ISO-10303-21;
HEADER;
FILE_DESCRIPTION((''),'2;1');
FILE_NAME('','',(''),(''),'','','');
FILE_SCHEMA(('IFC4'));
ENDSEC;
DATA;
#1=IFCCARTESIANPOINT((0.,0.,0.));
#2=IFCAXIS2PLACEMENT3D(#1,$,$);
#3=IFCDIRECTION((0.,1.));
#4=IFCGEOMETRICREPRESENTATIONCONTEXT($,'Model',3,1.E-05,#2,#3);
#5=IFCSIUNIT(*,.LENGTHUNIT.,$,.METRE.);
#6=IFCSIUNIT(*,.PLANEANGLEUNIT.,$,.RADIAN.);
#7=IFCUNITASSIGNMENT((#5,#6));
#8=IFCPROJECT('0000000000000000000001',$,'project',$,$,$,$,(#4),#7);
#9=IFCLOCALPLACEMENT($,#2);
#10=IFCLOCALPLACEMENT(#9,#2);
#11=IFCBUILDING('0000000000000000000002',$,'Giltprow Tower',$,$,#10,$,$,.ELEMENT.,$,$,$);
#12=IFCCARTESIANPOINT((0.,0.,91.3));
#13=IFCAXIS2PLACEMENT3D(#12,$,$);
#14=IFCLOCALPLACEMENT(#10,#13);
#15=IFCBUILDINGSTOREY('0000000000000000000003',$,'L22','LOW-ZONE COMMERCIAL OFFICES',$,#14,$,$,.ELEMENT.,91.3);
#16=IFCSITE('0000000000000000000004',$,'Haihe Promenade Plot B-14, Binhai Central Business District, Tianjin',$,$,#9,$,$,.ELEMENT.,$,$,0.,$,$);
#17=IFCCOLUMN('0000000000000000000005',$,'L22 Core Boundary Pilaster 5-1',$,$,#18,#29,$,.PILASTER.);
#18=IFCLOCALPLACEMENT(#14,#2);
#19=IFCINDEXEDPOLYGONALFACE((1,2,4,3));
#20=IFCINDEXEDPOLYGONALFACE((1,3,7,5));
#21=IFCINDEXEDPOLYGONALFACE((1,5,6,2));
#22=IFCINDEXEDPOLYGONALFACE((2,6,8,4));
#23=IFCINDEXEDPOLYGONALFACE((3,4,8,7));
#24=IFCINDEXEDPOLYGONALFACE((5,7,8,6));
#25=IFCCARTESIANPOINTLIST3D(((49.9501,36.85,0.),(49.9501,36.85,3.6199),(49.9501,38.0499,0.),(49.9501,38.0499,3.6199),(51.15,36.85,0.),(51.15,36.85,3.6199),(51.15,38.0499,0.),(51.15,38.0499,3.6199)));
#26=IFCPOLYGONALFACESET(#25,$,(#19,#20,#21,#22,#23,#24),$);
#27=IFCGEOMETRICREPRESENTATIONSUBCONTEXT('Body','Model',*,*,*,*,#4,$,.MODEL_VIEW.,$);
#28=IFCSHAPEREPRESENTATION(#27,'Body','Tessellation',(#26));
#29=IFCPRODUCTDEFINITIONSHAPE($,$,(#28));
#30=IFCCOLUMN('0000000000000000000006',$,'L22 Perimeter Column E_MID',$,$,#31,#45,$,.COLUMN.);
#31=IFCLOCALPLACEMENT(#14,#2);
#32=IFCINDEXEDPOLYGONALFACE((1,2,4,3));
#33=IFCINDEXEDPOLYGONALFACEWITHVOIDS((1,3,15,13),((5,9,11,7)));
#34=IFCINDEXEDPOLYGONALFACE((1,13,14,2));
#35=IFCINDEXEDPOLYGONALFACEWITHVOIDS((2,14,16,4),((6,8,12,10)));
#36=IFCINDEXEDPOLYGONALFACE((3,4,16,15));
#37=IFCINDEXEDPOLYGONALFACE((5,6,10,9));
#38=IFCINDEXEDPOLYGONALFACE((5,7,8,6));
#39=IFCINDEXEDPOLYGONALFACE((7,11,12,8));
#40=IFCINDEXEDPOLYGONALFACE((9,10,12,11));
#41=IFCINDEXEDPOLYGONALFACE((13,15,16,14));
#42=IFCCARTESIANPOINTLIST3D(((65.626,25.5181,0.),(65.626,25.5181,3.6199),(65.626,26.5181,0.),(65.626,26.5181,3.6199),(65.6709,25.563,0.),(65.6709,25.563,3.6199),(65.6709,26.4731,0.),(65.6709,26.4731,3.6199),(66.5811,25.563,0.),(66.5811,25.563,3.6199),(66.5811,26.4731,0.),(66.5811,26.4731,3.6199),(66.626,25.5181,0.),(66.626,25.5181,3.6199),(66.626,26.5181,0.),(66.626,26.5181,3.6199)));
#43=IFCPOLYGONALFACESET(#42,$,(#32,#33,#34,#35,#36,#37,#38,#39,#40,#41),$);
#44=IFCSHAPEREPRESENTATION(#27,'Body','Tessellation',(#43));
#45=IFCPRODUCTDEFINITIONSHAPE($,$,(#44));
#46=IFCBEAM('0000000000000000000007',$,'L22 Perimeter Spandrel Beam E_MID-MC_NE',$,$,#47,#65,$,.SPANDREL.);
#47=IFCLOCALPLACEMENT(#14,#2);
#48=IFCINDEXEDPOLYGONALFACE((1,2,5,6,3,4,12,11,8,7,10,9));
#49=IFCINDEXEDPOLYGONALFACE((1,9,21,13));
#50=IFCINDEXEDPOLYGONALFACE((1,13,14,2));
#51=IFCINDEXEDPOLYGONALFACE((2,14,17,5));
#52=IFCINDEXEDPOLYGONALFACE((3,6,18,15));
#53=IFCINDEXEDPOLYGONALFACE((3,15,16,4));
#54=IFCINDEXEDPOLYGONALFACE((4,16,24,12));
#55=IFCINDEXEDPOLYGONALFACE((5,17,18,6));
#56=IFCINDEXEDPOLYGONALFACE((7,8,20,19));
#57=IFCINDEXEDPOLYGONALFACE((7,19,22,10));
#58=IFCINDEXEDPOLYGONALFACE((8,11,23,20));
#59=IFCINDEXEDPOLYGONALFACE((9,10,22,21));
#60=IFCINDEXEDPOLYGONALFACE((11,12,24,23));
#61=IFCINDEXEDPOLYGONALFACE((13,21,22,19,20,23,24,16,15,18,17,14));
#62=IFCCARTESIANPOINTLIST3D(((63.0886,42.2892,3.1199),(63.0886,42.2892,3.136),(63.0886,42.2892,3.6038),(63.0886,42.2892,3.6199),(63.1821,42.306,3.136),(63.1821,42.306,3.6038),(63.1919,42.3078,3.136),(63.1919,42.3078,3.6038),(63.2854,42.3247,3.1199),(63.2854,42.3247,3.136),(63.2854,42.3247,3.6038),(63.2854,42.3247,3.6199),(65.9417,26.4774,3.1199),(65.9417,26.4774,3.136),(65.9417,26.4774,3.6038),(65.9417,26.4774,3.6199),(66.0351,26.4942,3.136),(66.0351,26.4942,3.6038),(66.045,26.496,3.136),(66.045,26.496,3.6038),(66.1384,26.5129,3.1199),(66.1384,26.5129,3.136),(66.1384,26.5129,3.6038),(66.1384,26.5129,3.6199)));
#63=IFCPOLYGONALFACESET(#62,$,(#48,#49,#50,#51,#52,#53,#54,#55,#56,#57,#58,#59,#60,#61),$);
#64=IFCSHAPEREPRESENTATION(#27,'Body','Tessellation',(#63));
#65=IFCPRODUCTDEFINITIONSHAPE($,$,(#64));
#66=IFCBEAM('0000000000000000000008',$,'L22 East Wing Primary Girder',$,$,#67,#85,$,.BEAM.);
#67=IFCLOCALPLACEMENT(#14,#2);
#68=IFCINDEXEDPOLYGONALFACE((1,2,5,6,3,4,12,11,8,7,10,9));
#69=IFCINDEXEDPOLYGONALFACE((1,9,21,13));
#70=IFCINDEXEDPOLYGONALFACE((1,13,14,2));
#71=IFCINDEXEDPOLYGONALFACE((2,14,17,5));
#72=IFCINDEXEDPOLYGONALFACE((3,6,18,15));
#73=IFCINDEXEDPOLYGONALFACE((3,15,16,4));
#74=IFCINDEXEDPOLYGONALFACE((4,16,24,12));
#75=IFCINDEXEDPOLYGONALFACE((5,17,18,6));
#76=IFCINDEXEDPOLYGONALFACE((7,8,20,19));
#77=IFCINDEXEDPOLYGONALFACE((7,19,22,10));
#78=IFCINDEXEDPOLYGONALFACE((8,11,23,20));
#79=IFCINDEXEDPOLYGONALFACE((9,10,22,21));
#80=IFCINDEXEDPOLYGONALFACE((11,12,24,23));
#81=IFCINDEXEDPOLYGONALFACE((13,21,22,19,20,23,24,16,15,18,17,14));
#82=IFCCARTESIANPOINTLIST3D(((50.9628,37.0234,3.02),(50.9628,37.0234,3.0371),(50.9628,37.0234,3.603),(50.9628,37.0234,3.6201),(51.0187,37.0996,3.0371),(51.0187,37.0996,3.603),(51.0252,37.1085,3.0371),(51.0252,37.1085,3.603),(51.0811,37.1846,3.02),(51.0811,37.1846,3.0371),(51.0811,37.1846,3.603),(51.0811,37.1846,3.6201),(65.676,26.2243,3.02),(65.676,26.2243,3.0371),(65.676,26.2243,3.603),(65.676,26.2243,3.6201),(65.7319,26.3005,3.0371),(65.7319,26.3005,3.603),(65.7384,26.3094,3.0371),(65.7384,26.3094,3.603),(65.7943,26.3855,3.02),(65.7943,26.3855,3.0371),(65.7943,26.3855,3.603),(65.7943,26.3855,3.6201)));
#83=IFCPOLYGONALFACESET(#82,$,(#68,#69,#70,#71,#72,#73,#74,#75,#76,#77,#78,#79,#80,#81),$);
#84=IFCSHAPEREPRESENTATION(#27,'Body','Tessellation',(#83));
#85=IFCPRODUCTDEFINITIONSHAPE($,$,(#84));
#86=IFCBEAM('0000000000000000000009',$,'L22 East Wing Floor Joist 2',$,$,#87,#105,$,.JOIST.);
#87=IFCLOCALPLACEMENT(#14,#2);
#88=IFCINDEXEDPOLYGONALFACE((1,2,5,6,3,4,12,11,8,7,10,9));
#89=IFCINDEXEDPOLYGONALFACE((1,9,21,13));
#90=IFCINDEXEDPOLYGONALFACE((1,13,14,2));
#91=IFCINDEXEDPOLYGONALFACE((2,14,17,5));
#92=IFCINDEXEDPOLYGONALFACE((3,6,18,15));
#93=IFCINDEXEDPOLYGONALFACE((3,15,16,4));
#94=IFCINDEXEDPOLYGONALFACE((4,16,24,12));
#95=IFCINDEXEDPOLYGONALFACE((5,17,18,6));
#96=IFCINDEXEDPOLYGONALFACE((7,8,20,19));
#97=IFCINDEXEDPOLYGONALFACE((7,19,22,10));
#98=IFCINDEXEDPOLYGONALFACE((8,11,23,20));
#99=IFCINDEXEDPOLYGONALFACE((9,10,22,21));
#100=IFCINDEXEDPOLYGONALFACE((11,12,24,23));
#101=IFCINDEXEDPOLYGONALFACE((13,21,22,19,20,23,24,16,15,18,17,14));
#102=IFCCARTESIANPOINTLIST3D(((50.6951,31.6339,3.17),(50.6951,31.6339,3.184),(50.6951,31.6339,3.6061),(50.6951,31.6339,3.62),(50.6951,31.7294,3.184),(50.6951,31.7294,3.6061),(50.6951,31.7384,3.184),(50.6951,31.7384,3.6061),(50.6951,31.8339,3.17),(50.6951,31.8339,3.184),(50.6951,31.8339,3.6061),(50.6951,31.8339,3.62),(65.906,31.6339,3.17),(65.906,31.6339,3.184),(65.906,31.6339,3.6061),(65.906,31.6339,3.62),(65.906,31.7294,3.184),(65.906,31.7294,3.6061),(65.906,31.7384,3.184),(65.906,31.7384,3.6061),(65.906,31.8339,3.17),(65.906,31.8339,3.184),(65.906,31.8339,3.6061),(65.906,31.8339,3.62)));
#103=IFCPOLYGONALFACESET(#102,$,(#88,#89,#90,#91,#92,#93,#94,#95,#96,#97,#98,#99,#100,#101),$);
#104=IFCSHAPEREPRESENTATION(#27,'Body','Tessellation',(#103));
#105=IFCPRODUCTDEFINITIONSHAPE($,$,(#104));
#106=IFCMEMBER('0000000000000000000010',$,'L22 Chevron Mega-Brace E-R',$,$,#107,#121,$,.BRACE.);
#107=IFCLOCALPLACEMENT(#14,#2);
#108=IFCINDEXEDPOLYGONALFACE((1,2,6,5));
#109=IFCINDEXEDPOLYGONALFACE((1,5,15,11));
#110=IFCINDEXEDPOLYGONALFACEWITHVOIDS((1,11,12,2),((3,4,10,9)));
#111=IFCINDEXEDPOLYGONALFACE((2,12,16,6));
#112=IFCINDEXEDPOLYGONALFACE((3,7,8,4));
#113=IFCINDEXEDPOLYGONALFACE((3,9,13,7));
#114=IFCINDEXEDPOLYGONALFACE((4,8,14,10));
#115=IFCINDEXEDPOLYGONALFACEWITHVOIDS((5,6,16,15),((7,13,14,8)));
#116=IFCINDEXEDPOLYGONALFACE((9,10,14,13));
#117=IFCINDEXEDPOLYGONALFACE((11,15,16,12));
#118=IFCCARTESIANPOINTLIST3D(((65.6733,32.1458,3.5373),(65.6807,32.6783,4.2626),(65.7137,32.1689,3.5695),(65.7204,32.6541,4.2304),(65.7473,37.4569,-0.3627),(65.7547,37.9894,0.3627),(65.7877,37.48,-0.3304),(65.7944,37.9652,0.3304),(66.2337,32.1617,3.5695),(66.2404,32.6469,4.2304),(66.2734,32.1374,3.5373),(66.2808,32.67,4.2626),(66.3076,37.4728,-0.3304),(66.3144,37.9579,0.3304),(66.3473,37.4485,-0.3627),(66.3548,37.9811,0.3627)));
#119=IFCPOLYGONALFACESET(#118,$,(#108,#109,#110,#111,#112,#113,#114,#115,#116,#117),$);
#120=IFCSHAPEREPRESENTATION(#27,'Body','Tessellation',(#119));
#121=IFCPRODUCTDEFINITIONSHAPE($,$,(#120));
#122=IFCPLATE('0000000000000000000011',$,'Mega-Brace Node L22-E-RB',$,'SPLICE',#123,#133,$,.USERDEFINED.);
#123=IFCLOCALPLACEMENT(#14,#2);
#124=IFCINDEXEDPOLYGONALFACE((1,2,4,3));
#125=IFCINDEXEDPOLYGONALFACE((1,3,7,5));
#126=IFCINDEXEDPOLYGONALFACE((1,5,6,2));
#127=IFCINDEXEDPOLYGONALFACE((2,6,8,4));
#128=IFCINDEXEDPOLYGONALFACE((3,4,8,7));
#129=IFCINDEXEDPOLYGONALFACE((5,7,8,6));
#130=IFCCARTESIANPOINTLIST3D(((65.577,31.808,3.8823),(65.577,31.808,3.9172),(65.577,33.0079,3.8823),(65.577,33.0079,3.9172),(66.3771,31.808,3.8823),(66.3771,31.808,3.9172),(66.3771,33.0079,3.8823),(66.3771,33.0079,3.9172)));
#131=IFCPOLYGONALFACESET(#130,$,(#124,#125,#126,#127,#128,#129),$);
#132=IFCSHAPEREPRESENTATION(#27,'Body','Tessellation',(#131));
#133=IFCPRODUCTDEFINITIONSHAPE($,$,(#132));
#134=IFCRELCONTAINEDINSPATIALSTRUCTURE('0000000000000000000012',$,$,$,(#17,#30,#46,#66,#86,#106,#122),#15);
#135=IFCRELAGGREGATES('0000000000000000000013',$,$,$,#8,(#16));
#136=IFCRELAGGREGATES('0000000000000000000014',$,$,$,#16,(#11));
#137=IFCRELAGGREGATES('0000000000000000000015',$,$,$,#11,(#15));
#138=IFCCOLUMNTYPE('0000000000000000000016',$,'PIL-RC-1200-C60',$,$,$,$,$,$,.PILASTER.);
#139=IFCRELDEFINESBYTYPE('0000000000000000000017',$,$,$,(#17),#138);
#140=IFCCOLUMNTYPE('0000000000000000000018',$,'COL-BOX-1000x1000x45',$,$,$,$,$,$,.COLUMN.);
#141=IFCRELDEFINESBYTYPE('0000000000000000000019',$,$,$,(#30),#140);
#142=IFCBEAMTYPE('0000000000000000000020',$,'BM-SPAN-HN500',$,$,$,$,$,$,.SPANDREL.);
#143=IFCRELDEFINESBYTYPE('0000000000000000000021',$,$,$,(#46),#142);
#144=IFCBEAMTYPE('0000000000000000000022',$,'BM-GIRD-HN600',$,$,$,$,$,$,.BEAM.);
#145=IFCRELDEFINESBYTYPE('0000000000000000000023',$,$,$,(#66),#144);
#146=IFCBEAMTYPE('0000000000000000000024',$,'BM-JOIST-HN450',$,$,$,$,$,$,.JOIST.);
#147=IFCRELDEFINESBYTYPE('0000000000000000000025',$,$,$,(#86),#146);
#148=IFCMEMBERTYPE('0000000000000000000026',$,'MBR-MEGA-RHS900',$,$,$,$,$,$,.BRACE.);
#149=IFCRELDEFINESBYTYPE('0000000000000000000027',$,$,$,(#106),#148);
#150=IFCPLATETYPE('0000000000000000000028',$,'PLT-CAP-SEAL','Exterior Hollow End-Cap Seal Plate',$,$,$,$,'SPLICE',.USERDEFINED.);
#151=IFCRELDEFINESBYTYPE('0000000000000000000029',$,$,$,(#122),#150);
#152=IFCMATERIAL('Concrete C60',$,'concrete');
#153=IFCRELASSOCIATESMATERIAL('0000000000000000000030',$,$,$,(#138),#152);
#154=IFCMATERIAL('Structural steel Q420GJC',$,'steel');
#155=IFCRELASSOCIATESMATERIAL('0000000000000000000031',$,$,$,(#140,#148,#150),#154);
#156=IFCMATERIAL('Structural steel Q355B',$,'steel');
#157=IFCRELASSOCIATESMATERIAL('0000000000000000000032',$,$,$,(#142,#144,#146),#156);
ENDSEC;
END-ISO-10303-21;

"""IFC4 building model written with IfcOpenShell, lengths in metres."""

from ifc_helpers import new_model, si_unit, direction, frame, origin, origin_2d, place, context, subcontext, project, spatial, rectangle, hollow_rectangle, i_section, extrude, source, transform, mapped, material, material_profile, profile_set, type_object, element, save


model = new_model("IFC4")

# Units and contexts
model_context = context("Model", 3, precision=1e-05, world=origin(), true_north=direction((0.0, 1.0)))
body_context = subcontext(model_context, "Body", "Model", "MODEL_VIEW")
ifc_project = project(units=[si_unit("LENGTHUNIT", "METRE"), si_unit("PLANEANGLEUNIT", "RADIAN")], contexts=[model_context])

# Site, building, storey
site_placement = place(None, origin())
site = spatial("IfcSite", under=ifc_project, at=site_placement, Name="Haihe Promenade Plot B-14, Binhai Central Business District, Tianjin", CompositionType="ELEMENT", RefElevation=0.0)
building_placement = place(site_placement, origin())
building = spatial("IfcBuilding", under=site, at=building_placement, Name="Giltprow Tower", CompositionType="ELEMENT")
storey_placement = place(building_placement, frame((0.0, 0.0, 91.3)))
storey = spatial("IfcBuildingStorey", under=building, at=storey_placement, Name="L22", Description="LOW-ZONE COMMERCIAL OFFICES", CompositionType="ELEMENT", Elevation=91.3)

# Columns
ifc_material_1 = material(Name="Concrete C60", Category="concrete")
ifc_material_profile_1 = material_profile(ifc_material_1, rectangle(XDim=1.2, YDim=1.2, at=origin_2d()), Name="RC 1200x1200")
ifc_profile_set_1 = profile_set([ifc_material_profile_1], Name="Concrete C60")
column_type_1 = type_object("IfcColumnType", Name="PIL-RC-1200-C60", PredefinedType="PILASTER", material=ifc_profile_set_1)
shared_shape_1 = source(origin(), body_context, "Body", "SweptSolid", [
    extrude(rectangle(XDim=1.2, YDim=1.2, at=origin_2d()), origin(), (0.0, 0.0, 1.0), 3.6199),
])
column_1_placement = place(storey_placement, frame((50.55, 37.45, 0.0), z_axis=(0.0, 0.0, 1.0), x_axis=(1.0, 0.0, 0.0)))
element("IfcColumn", 1, at=column_1_placement, inside=storey, type_object=column_type_1, Name="L22 Core Boundary Pilaster 5-1", PredefinedType="PILASTER", context=body_context, shape_type="MappedRepresentation", body=[
    mapped(shared_shape_1, transform((0.0, 0.0, 0.0), x_axis=(1.0, 0.0, 0.0), y_axis=(0.0, 1.0, 0.0), z_axis=(0.0, 0.0, 1.0), scale=1.0)),
])
ifc_material_2 = material(Name="Structural steel Q420GJC", Category="steel")
ifc_material_profile_2 = material_profile(ifc_material_2, hollow_rectangle(XDim=1.0, YDim=1.0, WallThickness=0.0449, at=origin_2d()), Name="BOX 1000x1000x45")
ifc_profile_set_2 = profile_set([ifc_material_profile_2], Name="Structural steel Q420GJC")
column_type_2 = type_object("IfcColumnType", Name="COL-BOX-1000x1000x45", PredefinedType="COLUMN", material=ifc_profile_set_2)
shared_shape_2 = source(origin(), body_context, "Body", "SweptSolid", [
    extrude(hollow_rectangle(XDim=1.0, YDim=1.0, WallThickness=0.0449, at=origin_2d()), origin(), (0.0, 0.0, 1.0), 3.6199),
])
column_2_placement = place(storey_placement, frame((66.126, 26.0181, 0.0), z_axis=(0.0, 0.0, 1.0), x_axis=(1.0, 0.0, 0.0)))
element("IfcColumn", 2, at=column_2_placement, inside=storey, type_object=column_type_2, Name="L22 Perimeter Column E_MID", PredefinedType="COLUMN", context=body_context, shape_type="MappedRepresentation", body=[
    mapped(shared_shape_2, transform((0.0, 0.0, 0.0), x_axis=(1.0, 0.0, 0.0), y_axis=(0.0, 1.0, 0.0), z_axis=(0.0, 0.0, 1.0), scale=1.0)),
])

# Beams
ifc_material_3 = material(Name="Structural steel Q355B", Category="steel")
ifc_material_profile_3 = material_profile(ifc_material_3, i_section(OverallWidth=0.2, OverallDepth=0.5, WebThickness=0.01, FlangeThickness=0.0161, at=origin_2d()), Name="HN 500x200x10x16")
ifc_profile_set_3 = profile_set([ifc_material_profile_3], Name="Structural steel Q355B")
beam_type_1 = type_object("IfcBeamType", Name="BM-SPAN-HN500", PredefinedType="SPANDREL", material=ifc_profile_set_3)
shared_shape_3 = source(origin(), body_context, "Body", "SweptSolid", [
    extrude(i_section(OverallWidth=0.2, OverallDepth=0.5, WebThickness=0.01, FlangeThickness=0.0161, at=origin_2d()), origin(), (0.0, 0.0, 1.0), 16.0671),
])
beam_1_placement = place(storey_placement, frame((66.04, 26.4951, 3.3699), z_axis=(-0.17757, 0.984108, 0.0), x_axis=(-0.984108, -0.17757, 0.0)))
element("IfcBeam", 3, at=beam_1_placement, inside=storey, type_object=beam_type_1, Name="L22 Perimeter Spandrel Beam E_MID-MC_NE", PredefinedType="SPANDREL", context=body_context, shape_type="MappedRepresentation", body=[
    mapped(shared_shape_3, transform((0.0, 0.0, 0.0), x_axis=(1.0, 0.0, 0.0), y_axis=(0.0, 1.0, 0.0), z_axis=(0.0, 0.0, 1.0), scale=1.0)),
])
ifc_material_profile_4 = material_profile(ifc_material_3, i_section(OverallWidth=0.2, OverallDepth=0.6001, WebThickness=0.011, FlangeThickness=0.0171, at=origin_2d()), Name="HN 600x200x11x17")
ifc_profile_set_4 = profile_set([ifc_material_profile_4], Name="Structural steel Q355B")
beam_type_2 = type_object("IfcBeamType", Name="BM-GIRD-HN600", PredefinedType="BEAM", material=ifc_profile_set_4)
shared_shape_4 = source(origin(), body_context, "Body", "SweptSolid", [
    extrude(i_section(OverallWidth=0.2, OverallDepth=0.6001, WebThickness=0.011, FlangeThickness=0.0171, at=origin_2d()), origin(), (0.0, 0.0, 1.0), 18.251),
])
beam_2_placement = place(storey_placement, frame((65.7351, 26.3049, 3.3201), z_axis=(-0.806158, 0.5917, 0.0), x_axis=(-0.5917, -0.806158, 0.0)))
element("IfcBeam", 4, at=beam_2_placement, inside=storey, type_object=beam_type_2, Name="L22 East Wing Primary Girder", PredefinedType="BEAM", context=body_context, shape_type="MappedRepresentation", body=[
    mapped(shared_shape_4, transform((0.0, 0.0, 0.0), x_axis=(1.0, 0.0, 0.0), y_axis=(0.0, 1.0, 0.0), z_axis=(0.0, 0.0, 1.0), scale=1.0)),
])
ifc_material_profile_5 = material_profile(ifc_material_3, i_section(OverallWidth=0.2, OverallDepth=0.45, WebThickness=0.009, FlangeThickness=0.0139, at=origin_2d()), Name="HN 450x200x9x14")
ifc_profile_set_5 = profile_set([ifc_material_profile_5], Name="Structural steel Q355B")
beam_type_3 = type_object("IfcBeamType", Name="BM-JOIST-HN450", PredefinedType="JOIST", material=ifc_profile_set_5)
shared_shape_5 = source(origin(), body_context, "Body", "SweptSolid", [
    extrude(i_section(OverallWidth=0.2, OverallDepth=0.45, WebThickness=0.009, FlangeThickness=0.0139, at=origin_2d()), origin(), (0.0, 0.0, 1.0), 15.2109),
])
beam_3_placement = place(storey_placement, frame((50.6951, 31.7339, 3.395), z_axis=(1.0, 0.0, 0.0), x_axis=(0.0, 1.0, 0.0)))
element("IfcBeam", 5, at=beam_3_placement, inside=storey, type_object=beam_type_3, Name="L22 East Wing Floor Joist 2", PredefinedType="JOIST", context=body_context, shape_type="MappedRepresentation", body=[
    mapped(shared_shape_5, transform((0.0, 0.0, 0.0), x_axis=(1.0, 0.0, 0.0), y_axis=(0.0, 1.0, 0.0), z_axis=(0.0, 0.0, 1.0), scale=1.0)),
])

# Member
ifc_material_profile_6 = material_profile(ifc_material_2, hollow_rectangle(XDim=0.6001, YDim=0.8999, WallThickness=0.04, at=origin_2d()), Name="RHS 900x600x40")
ifc_profile_set_6 = profile_set([ifc_material_profile_6], Name="Structural steel Q420GJC")
member_type = type_object("IfcMemberType", Name="MBR-MEGA-RHS900", PredefinedType="BRACE", material=ifc_profile_set_6)
shared_shape_6 = source(origin(), body_context, "Body", "SweptSolid", [
    extrude(hollow_rectangle(XDim=0.6001, YDim=0.8999, WallThickness=0.04, at=origin_2d()), origin(), (0.0, 0.0, 1.0), 6.5896),
])
member_placement = place(storey_placement, frame((66.051, 37.719, 0.0), z_axis=(-0.011226, -0.805982, 0.591834), x_axis=(0.999903, -0.013927, 0.0)))
element("IfcMember", 6, at=member_placement, inside=storey, type_object=member_type, Name="L22 Chevron Mega-Brace E-R", PredefinedType="BRACE", context=body_context, shape_type="MappedRepresentation", body=[
    mapped(shared_shape_6, transform((0.0, 0.0, 0.0), x_axis=(1.0, 0.0, 0.0), y_axis=(0.0, 1.0, 0.0), z_axis=(0.0, 0.0, 1.0), scale=1.0)),
])

# Plate
plate_type = type_object("IfcPlateType", Name="PLT-CAP-SEAL", Description="Exterior Hollow End-Cap Seal Plate", ElementType="SPLICE", PredefinedType="USERDEFINED", material=ifc_material_2)
shared_shape_7 = source(origin(), body_context, "Body", "SweptSolid", [
    extrude(rectangle(XDim=1.2, YDim=0.8, at=origin_2d()), origin(), (0.0, 0.0, 1.0), 0.0349),
])
plate_placement = place(storey_placement, frame((65.9771, 32.408, 3.8823), z_axis=(0.0, 0.0, 1.0), x_axis=(0.0, 1.0, 0.0)))
element("IfcPlate", 7, at=plate_placement, inside=storey, type_object=plate_type, Name="Mega-Brace Node L22-E-RB", ObjectType="SPLICE", PredefinedType="USERDEFINED", context=body_context, shape_type="MappedRepresentation", body=[
    mapped(shared_shape_7, transform((0.0, 0.0, 0.0), x_axis=(1.0, 0.0, 0.0), y_axis=(0.0, 1.0, 0.0), z_axis=(0.0, 0.0, 1.0), scale=1.0)),
])

save(model, "model.ifc")
